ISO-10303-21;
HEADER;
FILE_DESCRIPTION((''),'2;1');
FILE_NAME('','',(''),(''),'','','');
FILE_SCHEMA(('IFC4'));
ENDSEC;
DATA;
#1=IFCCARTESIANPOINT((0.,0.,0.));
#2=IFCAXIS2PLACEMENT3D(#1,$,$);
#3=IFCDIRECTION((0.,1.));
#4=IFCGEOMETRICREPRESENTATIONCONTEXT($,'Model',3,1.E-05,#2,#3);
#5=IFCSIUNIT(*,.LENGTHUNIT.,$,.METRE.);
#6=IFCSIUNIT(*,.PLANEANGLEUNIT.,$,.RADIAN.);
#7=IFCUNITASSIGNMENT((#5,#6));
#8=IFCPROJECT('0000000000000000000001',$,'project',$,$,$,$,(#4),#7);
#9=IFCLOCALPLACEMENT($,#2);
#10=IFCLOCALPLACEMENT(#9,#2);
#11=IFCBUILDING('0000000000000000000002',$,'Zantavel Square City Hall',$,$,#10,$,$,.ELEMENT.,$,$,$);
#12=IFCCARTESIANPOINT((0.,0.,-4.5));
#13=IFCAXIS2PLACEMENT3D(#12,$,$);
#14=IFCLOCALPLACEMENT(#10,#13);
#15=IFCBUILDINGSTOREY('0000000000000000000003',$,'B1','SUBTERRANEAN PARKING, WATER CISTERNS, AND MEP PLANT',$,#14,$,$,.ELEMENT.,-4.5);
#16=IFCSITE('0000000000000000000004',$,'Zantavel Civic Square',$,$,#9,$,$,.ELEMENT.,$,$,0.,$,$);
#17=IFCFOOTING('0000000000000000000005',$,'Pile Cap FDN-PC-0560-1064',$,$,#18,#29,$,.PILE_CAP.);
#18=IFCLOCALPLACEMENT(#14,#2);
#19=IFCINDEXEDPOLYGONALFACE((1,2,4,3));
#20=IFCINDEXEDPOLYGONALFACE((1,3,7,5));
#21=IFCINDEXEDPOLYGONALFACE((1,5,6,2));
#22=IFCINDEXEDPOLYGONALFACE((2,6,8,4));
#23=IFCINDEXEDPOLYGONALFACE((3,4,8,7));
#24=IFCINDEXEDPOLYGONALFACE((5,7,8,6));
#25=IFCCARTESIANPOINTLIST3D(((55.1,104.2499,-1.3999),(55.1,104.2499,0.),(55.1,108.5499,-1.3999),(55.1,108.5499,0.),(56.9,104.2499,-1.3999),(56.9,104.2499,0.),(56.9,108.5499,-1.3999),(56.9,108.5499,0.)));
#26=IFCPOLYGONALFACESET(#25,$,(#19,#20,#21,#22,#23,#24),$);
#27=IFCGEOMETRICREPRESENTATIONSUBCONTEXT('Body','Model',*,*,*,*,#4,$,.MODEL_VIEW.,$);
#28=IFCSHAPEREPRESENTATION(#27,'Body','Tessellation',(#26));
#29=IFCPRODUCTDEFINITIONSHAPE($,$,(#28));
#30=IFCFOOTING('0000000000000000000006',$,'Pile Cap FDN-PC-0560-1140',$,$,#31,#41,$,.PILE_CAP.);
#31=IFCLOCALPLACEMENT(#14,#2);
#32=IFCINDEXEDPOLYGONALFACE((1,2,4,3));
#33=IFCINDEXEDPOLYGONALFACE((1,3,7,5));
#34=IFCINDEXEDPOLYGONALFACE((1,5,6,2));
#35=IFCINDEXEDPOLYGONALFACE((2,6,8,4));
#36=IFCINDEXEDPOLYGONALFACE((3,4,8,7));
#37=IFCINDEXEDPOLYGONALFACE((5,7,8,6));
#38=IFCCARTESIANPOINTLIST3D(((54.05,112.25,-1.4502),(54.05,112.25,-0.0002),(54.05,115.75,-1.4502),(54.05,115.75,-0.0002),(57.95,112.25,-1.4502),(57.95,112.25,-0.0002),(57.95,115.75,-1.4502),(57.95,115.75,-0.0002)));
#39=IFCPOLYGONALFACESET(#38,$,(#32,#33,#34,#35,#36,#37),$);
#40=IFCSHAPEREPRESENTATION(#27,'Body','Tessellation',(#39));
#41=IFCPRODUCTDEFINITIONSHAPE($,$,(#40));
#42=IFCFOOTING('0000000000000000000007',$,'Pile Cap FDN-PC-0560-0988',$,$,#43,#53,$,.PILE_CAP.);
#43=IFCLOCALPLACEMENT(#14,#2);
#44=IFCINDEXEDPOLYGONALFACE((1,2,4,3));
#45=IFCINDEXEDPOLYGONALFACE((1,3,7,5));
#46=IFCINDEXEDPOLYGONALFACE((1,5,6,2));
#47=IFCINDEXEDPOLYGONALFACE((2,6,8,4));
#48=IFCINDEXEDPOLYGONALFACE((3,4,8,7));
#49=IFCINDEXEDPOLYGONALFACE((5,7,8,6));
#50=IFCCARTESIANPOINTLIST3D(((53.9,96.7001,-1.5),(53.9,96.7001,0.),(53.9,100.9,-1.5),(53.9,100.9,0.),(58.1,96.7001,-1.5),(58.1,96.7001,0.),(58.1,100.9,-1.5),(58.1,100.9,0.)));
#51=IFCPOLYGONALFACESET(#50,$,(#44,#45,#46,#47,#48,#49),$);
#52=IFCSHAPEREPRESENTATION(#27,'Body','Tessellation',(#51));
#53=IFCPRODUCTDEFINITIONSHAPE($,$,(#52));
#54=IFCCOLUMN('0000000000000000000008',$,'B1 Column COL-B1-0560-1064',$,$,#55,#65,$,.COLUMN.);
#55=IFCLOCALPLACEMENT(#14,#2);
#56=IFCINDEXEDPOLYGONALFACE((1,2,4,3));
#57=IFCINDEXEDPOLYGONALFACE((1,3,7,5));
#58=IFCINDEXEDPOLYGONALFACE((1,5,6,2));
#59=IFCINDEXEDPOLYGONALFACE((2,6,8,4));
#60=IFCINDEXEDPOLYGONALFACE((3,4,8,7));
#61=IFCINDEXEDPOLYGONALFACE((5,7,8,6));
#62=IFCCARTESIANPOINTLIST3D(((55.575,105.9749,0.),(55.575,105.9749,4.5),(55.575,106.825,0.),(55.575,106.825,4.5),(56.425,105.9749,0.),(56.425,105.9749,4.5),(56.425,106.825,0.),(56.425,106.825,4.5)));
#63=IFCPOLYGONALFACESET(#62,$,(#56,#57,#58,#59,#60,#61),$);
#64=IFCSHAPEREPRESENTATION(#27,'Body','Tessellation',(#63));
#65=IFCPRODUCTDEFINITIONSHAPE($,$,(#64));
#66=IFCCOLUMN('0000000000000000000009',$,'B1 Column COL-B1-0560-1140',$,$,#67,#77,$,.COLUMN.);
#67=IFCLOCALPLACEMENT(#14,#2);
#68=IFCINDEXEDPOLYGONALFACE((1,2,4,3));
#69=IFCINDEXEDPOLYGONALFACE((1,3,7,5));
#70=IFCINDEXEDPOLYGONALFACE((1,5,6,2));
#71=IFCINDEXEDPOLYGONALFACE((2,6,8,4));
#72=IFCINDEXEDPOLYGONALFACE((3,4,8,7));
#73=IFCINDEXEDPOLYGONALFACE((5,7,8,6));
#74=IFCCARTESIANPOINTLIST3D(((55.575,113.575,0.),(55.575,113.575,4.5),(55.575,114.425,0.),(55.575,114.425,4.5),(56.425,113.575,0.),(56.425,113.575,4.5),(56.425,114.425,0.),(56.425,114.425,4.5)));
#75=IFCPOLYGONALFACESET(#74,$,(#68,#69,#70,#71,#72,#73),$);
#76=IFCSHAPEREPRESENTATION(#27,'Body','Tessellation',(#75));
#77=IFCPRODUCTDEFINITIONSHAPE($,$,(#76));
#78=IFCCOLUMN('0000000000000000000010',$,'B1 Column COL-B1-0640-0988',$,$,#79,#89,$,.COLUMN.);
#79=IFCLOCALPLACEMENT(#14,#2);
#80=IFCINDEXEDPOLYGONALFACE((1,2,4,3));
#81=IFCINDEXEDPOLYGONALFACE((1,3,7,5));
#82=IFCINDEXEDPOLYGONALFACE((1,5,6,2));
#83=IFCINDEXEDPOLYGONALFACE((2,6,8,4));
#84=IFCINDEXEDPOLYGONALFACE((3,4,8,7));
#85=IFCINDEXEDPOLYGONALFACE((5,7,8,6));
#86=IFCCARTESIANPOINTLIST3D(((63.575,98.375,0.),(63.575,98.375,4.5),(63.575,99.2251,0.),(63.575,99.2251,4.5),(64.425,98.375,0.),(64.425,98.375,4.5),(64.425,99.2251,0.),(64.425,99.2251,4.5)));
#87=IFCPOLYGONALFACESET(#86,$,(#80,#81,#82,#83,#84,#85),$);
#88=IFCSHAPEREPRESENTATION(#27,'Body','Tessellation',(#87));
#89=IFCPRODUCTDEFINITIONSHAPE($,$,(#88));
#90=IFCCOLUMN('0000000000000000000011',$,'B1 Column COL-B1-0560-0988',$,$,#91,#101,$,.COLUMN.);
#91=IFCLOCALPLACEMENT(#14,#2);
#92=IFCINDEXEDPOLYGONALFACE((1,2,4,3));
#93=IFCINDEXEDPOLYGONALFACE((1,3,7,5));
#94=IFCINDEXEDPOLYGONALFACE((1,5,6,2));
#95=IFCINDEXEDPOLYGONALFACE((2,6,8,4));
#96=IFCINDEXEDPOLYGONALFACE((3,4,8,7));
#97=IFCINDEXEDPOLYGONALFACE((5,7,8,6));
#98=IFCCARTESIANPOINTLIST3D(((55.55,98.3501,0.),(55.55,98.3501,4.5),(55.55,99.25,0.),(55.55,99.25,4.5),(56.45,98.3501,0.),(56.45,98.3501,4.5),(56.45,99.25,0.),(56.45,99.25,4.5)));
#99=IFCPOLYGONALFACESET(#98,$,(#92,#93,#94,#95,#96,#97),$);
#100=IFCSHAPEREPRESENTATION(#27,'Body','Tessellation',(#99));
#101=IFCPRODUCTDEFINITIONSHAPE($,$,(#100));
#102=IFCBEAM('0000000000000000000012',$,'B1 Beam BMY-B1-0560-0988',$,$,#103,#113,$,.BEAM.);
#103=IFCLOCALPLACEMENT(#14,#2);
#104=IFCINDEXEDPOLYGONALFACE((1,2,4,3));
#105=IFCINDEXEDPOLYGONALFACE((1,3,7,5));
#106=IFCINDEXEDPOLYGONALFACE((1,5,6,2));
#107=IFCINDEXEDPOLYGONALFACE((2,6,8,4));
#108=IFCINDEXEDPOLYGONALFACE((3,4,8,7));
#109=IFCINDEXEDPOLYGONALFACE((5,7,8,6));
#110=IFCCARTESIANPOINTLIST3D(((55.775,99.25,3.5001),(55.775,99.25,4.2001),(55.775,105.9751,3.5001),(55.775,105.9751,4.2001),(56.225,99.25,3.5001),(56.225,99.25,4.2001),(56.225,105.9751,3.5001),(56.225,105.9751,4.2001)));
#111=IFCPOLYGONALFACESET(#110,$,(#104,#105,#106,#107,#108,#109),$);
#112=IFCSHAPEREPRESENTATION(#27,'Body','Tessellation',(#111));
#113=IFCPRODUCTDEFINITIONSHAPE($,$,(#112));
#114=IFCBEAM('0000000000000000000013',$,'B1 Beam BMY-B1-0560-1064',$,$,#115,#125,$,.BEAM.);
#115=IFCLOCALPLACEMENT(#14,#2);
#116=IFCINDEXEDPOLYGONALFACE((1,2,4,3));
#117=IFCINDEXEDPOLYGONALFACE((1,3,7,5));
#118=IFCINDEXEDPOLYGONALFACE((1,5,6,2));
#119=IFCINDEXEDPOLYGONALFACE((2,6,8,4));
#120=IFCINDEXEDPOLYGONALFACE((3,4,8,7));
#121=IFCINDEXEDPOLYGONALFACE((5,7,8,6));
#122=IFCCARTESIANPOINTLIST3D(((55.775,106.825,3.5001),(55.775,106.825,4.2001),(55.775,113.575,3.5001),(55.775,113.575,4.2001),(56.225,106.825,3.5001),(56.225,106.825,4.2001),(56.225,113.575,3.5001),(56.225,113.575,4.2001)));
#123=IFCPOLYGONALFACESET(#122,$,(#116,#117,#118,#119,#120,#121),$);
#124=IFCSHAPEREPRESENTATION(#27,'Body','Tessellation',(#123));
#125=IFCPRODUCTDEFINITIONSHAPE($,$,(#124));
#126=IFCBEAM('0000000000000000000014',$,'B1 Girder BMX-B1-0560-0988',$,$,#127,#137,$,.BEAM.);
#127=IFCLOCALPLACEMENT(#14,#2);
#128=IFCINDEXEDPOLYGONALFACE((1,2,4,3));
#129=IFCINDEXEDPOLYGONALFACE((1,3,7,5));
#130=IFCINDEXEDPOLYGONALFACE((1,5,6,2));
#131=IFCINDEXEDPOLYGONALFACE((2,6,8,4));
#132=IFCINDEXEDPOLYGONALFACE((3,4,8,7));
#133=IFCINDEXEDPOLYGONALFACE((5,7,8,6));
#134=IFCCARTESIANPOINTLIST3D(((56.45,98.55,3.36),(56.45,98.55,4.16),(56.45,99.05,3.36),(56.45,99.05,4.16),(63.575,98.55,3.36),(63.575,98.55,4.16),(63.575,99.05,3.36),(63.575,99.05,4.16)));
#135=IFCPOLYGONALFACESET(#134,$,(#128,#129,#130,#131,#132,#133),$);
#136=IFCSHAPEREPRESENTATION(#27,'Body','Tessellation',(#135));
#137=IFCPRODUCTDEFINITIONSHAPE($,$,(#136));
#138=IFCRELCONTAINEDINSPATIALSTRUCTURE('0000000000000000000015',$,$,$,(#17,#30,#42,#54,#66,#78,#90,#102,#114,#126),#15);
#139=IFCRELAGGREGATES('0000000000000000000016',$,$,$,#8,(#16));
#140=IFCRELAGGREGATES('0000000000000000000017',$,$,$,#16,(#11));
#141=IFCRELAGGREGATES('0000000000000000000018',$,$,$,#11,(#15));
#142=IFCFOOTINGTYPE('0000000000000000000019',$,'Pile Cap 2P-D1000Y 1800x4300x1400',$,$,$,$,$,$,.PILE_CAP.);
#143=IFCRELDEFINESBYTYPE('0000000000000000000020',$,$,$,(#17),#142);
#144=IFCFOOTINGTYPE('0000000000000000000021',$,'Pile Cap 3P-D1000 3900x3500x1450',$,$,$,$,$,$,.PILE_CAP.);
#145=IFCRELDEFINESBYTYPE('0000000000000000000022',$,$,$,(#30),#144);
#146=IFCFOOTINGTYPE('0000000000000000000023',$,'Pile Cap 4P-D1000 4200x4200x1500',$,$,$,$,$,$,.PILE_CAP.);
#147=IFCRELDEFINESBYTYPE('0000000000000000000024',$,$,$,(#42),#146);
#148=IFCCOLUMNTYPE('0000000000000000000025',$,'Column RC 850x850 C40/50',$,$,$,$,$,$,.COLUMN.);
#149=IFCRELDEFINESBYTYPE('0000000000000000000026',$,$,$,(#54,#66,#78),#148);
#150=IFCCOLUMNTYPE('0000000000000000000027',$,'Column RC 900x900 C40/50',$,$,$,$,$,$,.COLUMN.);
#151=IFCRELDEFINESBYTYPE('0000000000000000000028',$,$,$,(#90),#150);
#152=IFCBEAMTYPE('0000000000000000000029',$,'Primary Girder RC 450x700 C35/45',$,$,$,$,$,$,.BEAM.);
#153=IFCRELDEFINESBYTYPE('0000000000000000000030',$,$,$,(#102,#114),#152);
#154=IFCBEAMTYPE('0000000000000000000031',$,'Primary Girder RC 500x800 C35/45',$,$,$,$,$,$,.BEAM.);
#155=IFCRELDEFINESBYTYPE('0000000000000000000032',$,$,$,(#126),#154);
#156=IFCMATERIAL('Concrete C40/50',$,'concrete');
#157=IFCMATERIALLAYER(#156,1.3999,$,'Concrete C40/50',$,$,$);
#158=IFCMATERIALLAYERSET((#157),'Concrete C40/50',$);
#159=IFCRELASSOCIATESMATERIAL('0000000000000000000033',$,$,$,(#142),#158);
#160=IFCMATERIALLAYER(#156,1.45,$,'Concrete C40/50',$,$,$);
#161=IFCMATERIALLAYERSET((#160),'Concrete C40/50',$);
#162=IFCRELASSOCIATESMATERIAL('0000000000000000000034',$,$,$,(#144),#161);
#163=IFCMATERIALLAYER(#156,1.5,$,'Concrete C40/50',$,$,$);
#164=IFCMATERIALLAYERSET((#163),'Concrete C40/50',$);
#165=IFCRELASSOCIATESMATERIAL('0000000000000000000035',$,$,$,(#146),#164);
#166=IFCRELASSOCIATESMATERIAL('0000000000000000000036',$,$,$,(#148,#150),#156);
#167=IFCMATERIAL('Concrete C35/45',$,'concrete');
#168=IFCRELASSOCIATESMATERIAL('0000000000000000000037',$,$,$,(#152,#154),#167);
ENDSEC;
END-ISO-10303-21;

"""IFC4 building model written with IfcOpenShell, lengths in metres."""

from ifc_helpers import new_model, si_unit, direction, frame, origin, origin_2d, place, context, subcontext, project, spatial, rectangle, extrude, material, layer, layer_set, material_profile, profile_set, type_object, element, save


model = new_model("IFC4")

# Units and contexts
model_context = context("Model", 3, precision=1e-05, world=origin(), true_north=direction((0.0, 1.0)))
body_context = subcontext(model_context, "Body", "Model", "MODEL_VIEW")
ifc_project = project(units=[si_unit("LENGTHUNIT", "METRE"), si_unit("PLANEANGLEUNIT", "RADIAN")], contexts=[model_context])

# Site, building, storey
site_placement = place(None, origin())
site = spatial("IfcSite", under=ifc_project, at=site_placement, Name="Zantavel Civic Square", CompositionType="ELEMENT", RefElevation=0.0)
building_placement = place(site_placement, origin())
building = spatial("IfcBuilding", under=site, at=building_placement, Name="Zantavel Square City Hall", CompositionType="ELEMENT")
storey_placement = place(building_placement, frame((0.0, 0.0, -4.5)))
storey = spatial("IfcBuildingStorey", under=building, at=storey_placement, Name="B1", Description="SUBTERRANEAN PARKING, WATER CISTERNS, AND MEP PLANT", CompositionType="ELEMENT", Elevation=-4.5)

# Shared definitions
ifc_material_1 = material(Name="Concrete C35/45", Category="concrete")

# Footings
ifc_material_2 = material(Name="Concrete C40/50", Category="concrete")
ifc_layer_1 = layer(ifc_material_2, 1.3999, Name="Concrete C40/50")
ifc_layer_set_1 = layer_set([ifc_layer_1], Name="Concrete C40/50")
footing_type_1 = type_object("IfcFootingType", Name="Pile Cap 2P-D1000Y 1800x4300x1400", PredefinedType="PILE_CAP", material=ifc_layer_set_1)
footing_1_placement = place(storey_placement, frame((56.0, 106.3999, -1.3999), z_axis=(0.0, 0.0, 1.0), x_axis=(1.0, 0.0, 0.0)))
element("IfcFooting", 1, at=footing_1_placement, inside=storey, type_object=footing_type_1, Name="Pile Cap FDN-PC-0560-1064", PredefinedType="PILE_CAP", context=body_context, shape_type="SweptSolid", body=[
    extrude(rectangle(XDim=1.8, YDim=4.3, at=origin_2d()), origin(), (0.0, 0.0, 1.0), 1.3999),
])
ifc_layer_2 = layer(ifc_material_2, 1.45, Name="Concrete C40/50")
ifc_layer_set_2 = layer_set([ifc_layer_2], Name="Concrete C40/50")
footing_type_2 = type_object("IfcFootingType", Name="Pile Cap 3P-D1000 3900x3500x1450", PredefinedType="PILE_CAP", material=ifc_layer_set_2)
footing_2_placement = place(storey_placement, frame((56.0, 114.0, -1.4502), z_axis=(0.0, 0.0, 1.0), x_axis=(1.0, 0.0, 0.0)))
element("IfcFooting", 2, at=footing_2_placement, inside=storey, type_object=footing_type_2, Name="Pile Cap FDN-PC-0560-1140", PredefinedType="PILE_CAP", context=body_context, shape_type="SweptSolid", body=[
    extrude(rectangle(XDim=3.8999, YDim=3.5, at=origin_2d()), origin(), (0.0, 0.0, 1.0), 1.45),
])
ifc_layer_3 = layer(ifc_material_2, 1.5, Name="Concrete C40/50")
ifc_layer_set_3 = layer_set([ifc_layer_3], Name="Concrete C40/50")
footing_type_3 = type_object("IfcFootingType", Name="Pile Cap 4P-D1000 4200x4200x1500", PredefinedType="PILE_CAP", material=ifc_layer_set_3)
footing_3_placement = place(storey_placement, frame((56.0, 98.8, -1.5), z_axis=(0.0, 0.0, 1.0), x_axis=(1.0, 0.0, 0.0)))
element("IfcFooting", 3, at=footing_3_placement, inside=storey, type_object=footing_type_3, Name="Pile Cap FDN-PC-0560-0988", PredefinedType="PILE_CAP", context=body_context, shape_type="SweptSolid", body=[
    extrude(rectangle(XDim=4.2, YDim=4.2, at=origin_2d()), origin(), (0.0, 0.0, 1.0), 1.5),
])

# Columns
ifc_material_profile_1 = material_profile(ifc_material_2, rectangle(XDim=0.8501, YDim=0.8501, at=origin_2d()), Name="RC 850x850")
ifc_profile_set_1 = profile_set([ifc_material_profile_1], Name="Concrete C40/50")
column_type_1 = type_object("IfcColumnType", Name="Column RC 850x850 C40/50", PredefinedType="COLUMN", material=ifc_profile_set_1)
for number, where, z_axis, x_axis, name in (
    (4, (56.0, 106.3999, 0.0), (0.0, 0.0, 1.0), (1.0, 0.0, 0.0), "B1 Column COL-B1-0560-1064"),
    (5, (56.0, 114.0, 0.0), (0.0, 0.0, 1.0), (1.0, 0.0, 0.0), "B1 Column COL-B1-0560-1140"),
    (6, (64.0, 98.8, 0.0), (0.0, 0.0, 1.0), (1.0, 0.0, 0.0), "B1 Column COL-B1-0640-0988"),
):
    element("IfcColumn", number, at=place(storey_placement, frame(where, z_axis=z_axis, x_axis=x_axis)), inside=storey, type_object=column_type_1, Name=name, PredefinedType="COLUMN", context=body_context, shape_type="SweptSolid", body=[
        extrude(rectangle(XDim=0.8501, YDim=0.8501, at=origin_2d()), origin(), (0.0, 0.0, 1.0), 4.5),
    ])
ifc_material_profile_2 = material_profile(ifc_material_2, rectangle(XDim=0.8999, YDim=0.8999, at=origin_2d()), Name="RC 900x900")
ifc_profile_set_2 = profile_set([ifc_material_profile_2], Name="Concrete C40/50")
column_type_2 = type_object("IfcColumnType", Name="Column RC 900x900 C40/50", PredefinedType="COLUMN", material=ifc_profile_set_2)
column_placement = place(storey_placement, frame((56.0, 98.8, 0.0), z_axis=(0.0, 0.0, 1.0), x_axis=(1.0, 0.0, 0.0)))
element("IfcColumn", 7, at=column_placement, inside=storey, type_object=column_type_2, Name="B1 Column COL-B1-0560-0988", PredefinedType="COLUMN", context=body_context, shape_type="SweptSolid", body=[
    extrude(rectangle(XDim=0.8999, YDim=0.8999, at=origin_2d()), origin(), (0.0, 0.0, 1.0), 4.5),
])

# Beams
ifc_material_profile_3 = material_profile(ifc_material_1, rectangle(XDim=0.45, YDim=0.7, at=origin_2d()), Name="RC 450x700")
ifc_profile_set_3 = profile_set([ifc_material_profile_3], Name="Concrete C35/45")
beam_type_1 = type_object("IfcBeamType", Name="Primary Girder RC 450x700 C35/45", PredefinedType="BEAM", material=ifc_profile_set_3)
beam_1_placement = place(storey_placement, frame((56.0, 99.25, 3.8501), z_axis=(0.0, 1.0, 0.0), x_axis=(-1.0, 0.0, 0.0)))
element("IfcBeam", 8, at=beam_1_placement, inside=storey, type_object=beam_type_1, Name="B1 Beam BMY-B1-0560-0988", PredefinedType="BEAM", context=body_context, shape_type="SweptSolid", body=[
    extrude(rectangle(XDim=0.45, YDim=0.7, at=origin_2d()), origin(), (0.0, 0.0, 1.0), 6.7251),
])
beam_2_placement = place(storey_placement, frame((56.0, 106.825, 3.8501), z_axis=(0.0, 1.0, 0.0), x_axis=(-1.0, 0.0, 0.0)))
element("IfcBeam", 9, at=beam_2_placement, inside=storey, type_object=beam_type_1, Name="B1 Beam BMY-B1-0560-1064", PredefinedType="BEAM", context=body_context, shape_type="SweptSolid", body=[
    extrude(rectangle(XDim=0.45, YDim=0.7, at=origin_2d()), origin(), (0.0, 0.0, 1.0), 6.75),
])
ifc_material_profile_4 = material_profile(ifc_material_1, rectangle(XDim=0.5, YDim=0.8, at=origin_2d()), Name="RC 500x800")
ifc_profile_set_4 = profile_set([ifc_material_profile_4], Name="Concrete C35/45")
beam_type_2 = type_object("IfcBeamType", Name="Primary Girder RC 500x800 C35/45", PredefinedType="BEAM", material=ifc_profile_set_4)
beam_3_placement = place(storey_placement, frame((56.45, 98.8, 3.76), z_axis=(1.0, 0.0, 0.0), x_axis=(0.0, 1.0, 0.0)))
element("IfcBeam", 10, at=beam_3_placement, inside=storey, type_object=beam_type_2, Name="B1 Girder BMX-B1-0560-0988", PredefinedType="BEAM", context=body_context, shape_type="SweptSolid", body=[
    extrude(rectangle(XDim=0.5, YDim=0.8, at=origin_2d()), origin(), (0.0, 0.0, 1.0), 7.125),
])

save(model, "model.ifc")
